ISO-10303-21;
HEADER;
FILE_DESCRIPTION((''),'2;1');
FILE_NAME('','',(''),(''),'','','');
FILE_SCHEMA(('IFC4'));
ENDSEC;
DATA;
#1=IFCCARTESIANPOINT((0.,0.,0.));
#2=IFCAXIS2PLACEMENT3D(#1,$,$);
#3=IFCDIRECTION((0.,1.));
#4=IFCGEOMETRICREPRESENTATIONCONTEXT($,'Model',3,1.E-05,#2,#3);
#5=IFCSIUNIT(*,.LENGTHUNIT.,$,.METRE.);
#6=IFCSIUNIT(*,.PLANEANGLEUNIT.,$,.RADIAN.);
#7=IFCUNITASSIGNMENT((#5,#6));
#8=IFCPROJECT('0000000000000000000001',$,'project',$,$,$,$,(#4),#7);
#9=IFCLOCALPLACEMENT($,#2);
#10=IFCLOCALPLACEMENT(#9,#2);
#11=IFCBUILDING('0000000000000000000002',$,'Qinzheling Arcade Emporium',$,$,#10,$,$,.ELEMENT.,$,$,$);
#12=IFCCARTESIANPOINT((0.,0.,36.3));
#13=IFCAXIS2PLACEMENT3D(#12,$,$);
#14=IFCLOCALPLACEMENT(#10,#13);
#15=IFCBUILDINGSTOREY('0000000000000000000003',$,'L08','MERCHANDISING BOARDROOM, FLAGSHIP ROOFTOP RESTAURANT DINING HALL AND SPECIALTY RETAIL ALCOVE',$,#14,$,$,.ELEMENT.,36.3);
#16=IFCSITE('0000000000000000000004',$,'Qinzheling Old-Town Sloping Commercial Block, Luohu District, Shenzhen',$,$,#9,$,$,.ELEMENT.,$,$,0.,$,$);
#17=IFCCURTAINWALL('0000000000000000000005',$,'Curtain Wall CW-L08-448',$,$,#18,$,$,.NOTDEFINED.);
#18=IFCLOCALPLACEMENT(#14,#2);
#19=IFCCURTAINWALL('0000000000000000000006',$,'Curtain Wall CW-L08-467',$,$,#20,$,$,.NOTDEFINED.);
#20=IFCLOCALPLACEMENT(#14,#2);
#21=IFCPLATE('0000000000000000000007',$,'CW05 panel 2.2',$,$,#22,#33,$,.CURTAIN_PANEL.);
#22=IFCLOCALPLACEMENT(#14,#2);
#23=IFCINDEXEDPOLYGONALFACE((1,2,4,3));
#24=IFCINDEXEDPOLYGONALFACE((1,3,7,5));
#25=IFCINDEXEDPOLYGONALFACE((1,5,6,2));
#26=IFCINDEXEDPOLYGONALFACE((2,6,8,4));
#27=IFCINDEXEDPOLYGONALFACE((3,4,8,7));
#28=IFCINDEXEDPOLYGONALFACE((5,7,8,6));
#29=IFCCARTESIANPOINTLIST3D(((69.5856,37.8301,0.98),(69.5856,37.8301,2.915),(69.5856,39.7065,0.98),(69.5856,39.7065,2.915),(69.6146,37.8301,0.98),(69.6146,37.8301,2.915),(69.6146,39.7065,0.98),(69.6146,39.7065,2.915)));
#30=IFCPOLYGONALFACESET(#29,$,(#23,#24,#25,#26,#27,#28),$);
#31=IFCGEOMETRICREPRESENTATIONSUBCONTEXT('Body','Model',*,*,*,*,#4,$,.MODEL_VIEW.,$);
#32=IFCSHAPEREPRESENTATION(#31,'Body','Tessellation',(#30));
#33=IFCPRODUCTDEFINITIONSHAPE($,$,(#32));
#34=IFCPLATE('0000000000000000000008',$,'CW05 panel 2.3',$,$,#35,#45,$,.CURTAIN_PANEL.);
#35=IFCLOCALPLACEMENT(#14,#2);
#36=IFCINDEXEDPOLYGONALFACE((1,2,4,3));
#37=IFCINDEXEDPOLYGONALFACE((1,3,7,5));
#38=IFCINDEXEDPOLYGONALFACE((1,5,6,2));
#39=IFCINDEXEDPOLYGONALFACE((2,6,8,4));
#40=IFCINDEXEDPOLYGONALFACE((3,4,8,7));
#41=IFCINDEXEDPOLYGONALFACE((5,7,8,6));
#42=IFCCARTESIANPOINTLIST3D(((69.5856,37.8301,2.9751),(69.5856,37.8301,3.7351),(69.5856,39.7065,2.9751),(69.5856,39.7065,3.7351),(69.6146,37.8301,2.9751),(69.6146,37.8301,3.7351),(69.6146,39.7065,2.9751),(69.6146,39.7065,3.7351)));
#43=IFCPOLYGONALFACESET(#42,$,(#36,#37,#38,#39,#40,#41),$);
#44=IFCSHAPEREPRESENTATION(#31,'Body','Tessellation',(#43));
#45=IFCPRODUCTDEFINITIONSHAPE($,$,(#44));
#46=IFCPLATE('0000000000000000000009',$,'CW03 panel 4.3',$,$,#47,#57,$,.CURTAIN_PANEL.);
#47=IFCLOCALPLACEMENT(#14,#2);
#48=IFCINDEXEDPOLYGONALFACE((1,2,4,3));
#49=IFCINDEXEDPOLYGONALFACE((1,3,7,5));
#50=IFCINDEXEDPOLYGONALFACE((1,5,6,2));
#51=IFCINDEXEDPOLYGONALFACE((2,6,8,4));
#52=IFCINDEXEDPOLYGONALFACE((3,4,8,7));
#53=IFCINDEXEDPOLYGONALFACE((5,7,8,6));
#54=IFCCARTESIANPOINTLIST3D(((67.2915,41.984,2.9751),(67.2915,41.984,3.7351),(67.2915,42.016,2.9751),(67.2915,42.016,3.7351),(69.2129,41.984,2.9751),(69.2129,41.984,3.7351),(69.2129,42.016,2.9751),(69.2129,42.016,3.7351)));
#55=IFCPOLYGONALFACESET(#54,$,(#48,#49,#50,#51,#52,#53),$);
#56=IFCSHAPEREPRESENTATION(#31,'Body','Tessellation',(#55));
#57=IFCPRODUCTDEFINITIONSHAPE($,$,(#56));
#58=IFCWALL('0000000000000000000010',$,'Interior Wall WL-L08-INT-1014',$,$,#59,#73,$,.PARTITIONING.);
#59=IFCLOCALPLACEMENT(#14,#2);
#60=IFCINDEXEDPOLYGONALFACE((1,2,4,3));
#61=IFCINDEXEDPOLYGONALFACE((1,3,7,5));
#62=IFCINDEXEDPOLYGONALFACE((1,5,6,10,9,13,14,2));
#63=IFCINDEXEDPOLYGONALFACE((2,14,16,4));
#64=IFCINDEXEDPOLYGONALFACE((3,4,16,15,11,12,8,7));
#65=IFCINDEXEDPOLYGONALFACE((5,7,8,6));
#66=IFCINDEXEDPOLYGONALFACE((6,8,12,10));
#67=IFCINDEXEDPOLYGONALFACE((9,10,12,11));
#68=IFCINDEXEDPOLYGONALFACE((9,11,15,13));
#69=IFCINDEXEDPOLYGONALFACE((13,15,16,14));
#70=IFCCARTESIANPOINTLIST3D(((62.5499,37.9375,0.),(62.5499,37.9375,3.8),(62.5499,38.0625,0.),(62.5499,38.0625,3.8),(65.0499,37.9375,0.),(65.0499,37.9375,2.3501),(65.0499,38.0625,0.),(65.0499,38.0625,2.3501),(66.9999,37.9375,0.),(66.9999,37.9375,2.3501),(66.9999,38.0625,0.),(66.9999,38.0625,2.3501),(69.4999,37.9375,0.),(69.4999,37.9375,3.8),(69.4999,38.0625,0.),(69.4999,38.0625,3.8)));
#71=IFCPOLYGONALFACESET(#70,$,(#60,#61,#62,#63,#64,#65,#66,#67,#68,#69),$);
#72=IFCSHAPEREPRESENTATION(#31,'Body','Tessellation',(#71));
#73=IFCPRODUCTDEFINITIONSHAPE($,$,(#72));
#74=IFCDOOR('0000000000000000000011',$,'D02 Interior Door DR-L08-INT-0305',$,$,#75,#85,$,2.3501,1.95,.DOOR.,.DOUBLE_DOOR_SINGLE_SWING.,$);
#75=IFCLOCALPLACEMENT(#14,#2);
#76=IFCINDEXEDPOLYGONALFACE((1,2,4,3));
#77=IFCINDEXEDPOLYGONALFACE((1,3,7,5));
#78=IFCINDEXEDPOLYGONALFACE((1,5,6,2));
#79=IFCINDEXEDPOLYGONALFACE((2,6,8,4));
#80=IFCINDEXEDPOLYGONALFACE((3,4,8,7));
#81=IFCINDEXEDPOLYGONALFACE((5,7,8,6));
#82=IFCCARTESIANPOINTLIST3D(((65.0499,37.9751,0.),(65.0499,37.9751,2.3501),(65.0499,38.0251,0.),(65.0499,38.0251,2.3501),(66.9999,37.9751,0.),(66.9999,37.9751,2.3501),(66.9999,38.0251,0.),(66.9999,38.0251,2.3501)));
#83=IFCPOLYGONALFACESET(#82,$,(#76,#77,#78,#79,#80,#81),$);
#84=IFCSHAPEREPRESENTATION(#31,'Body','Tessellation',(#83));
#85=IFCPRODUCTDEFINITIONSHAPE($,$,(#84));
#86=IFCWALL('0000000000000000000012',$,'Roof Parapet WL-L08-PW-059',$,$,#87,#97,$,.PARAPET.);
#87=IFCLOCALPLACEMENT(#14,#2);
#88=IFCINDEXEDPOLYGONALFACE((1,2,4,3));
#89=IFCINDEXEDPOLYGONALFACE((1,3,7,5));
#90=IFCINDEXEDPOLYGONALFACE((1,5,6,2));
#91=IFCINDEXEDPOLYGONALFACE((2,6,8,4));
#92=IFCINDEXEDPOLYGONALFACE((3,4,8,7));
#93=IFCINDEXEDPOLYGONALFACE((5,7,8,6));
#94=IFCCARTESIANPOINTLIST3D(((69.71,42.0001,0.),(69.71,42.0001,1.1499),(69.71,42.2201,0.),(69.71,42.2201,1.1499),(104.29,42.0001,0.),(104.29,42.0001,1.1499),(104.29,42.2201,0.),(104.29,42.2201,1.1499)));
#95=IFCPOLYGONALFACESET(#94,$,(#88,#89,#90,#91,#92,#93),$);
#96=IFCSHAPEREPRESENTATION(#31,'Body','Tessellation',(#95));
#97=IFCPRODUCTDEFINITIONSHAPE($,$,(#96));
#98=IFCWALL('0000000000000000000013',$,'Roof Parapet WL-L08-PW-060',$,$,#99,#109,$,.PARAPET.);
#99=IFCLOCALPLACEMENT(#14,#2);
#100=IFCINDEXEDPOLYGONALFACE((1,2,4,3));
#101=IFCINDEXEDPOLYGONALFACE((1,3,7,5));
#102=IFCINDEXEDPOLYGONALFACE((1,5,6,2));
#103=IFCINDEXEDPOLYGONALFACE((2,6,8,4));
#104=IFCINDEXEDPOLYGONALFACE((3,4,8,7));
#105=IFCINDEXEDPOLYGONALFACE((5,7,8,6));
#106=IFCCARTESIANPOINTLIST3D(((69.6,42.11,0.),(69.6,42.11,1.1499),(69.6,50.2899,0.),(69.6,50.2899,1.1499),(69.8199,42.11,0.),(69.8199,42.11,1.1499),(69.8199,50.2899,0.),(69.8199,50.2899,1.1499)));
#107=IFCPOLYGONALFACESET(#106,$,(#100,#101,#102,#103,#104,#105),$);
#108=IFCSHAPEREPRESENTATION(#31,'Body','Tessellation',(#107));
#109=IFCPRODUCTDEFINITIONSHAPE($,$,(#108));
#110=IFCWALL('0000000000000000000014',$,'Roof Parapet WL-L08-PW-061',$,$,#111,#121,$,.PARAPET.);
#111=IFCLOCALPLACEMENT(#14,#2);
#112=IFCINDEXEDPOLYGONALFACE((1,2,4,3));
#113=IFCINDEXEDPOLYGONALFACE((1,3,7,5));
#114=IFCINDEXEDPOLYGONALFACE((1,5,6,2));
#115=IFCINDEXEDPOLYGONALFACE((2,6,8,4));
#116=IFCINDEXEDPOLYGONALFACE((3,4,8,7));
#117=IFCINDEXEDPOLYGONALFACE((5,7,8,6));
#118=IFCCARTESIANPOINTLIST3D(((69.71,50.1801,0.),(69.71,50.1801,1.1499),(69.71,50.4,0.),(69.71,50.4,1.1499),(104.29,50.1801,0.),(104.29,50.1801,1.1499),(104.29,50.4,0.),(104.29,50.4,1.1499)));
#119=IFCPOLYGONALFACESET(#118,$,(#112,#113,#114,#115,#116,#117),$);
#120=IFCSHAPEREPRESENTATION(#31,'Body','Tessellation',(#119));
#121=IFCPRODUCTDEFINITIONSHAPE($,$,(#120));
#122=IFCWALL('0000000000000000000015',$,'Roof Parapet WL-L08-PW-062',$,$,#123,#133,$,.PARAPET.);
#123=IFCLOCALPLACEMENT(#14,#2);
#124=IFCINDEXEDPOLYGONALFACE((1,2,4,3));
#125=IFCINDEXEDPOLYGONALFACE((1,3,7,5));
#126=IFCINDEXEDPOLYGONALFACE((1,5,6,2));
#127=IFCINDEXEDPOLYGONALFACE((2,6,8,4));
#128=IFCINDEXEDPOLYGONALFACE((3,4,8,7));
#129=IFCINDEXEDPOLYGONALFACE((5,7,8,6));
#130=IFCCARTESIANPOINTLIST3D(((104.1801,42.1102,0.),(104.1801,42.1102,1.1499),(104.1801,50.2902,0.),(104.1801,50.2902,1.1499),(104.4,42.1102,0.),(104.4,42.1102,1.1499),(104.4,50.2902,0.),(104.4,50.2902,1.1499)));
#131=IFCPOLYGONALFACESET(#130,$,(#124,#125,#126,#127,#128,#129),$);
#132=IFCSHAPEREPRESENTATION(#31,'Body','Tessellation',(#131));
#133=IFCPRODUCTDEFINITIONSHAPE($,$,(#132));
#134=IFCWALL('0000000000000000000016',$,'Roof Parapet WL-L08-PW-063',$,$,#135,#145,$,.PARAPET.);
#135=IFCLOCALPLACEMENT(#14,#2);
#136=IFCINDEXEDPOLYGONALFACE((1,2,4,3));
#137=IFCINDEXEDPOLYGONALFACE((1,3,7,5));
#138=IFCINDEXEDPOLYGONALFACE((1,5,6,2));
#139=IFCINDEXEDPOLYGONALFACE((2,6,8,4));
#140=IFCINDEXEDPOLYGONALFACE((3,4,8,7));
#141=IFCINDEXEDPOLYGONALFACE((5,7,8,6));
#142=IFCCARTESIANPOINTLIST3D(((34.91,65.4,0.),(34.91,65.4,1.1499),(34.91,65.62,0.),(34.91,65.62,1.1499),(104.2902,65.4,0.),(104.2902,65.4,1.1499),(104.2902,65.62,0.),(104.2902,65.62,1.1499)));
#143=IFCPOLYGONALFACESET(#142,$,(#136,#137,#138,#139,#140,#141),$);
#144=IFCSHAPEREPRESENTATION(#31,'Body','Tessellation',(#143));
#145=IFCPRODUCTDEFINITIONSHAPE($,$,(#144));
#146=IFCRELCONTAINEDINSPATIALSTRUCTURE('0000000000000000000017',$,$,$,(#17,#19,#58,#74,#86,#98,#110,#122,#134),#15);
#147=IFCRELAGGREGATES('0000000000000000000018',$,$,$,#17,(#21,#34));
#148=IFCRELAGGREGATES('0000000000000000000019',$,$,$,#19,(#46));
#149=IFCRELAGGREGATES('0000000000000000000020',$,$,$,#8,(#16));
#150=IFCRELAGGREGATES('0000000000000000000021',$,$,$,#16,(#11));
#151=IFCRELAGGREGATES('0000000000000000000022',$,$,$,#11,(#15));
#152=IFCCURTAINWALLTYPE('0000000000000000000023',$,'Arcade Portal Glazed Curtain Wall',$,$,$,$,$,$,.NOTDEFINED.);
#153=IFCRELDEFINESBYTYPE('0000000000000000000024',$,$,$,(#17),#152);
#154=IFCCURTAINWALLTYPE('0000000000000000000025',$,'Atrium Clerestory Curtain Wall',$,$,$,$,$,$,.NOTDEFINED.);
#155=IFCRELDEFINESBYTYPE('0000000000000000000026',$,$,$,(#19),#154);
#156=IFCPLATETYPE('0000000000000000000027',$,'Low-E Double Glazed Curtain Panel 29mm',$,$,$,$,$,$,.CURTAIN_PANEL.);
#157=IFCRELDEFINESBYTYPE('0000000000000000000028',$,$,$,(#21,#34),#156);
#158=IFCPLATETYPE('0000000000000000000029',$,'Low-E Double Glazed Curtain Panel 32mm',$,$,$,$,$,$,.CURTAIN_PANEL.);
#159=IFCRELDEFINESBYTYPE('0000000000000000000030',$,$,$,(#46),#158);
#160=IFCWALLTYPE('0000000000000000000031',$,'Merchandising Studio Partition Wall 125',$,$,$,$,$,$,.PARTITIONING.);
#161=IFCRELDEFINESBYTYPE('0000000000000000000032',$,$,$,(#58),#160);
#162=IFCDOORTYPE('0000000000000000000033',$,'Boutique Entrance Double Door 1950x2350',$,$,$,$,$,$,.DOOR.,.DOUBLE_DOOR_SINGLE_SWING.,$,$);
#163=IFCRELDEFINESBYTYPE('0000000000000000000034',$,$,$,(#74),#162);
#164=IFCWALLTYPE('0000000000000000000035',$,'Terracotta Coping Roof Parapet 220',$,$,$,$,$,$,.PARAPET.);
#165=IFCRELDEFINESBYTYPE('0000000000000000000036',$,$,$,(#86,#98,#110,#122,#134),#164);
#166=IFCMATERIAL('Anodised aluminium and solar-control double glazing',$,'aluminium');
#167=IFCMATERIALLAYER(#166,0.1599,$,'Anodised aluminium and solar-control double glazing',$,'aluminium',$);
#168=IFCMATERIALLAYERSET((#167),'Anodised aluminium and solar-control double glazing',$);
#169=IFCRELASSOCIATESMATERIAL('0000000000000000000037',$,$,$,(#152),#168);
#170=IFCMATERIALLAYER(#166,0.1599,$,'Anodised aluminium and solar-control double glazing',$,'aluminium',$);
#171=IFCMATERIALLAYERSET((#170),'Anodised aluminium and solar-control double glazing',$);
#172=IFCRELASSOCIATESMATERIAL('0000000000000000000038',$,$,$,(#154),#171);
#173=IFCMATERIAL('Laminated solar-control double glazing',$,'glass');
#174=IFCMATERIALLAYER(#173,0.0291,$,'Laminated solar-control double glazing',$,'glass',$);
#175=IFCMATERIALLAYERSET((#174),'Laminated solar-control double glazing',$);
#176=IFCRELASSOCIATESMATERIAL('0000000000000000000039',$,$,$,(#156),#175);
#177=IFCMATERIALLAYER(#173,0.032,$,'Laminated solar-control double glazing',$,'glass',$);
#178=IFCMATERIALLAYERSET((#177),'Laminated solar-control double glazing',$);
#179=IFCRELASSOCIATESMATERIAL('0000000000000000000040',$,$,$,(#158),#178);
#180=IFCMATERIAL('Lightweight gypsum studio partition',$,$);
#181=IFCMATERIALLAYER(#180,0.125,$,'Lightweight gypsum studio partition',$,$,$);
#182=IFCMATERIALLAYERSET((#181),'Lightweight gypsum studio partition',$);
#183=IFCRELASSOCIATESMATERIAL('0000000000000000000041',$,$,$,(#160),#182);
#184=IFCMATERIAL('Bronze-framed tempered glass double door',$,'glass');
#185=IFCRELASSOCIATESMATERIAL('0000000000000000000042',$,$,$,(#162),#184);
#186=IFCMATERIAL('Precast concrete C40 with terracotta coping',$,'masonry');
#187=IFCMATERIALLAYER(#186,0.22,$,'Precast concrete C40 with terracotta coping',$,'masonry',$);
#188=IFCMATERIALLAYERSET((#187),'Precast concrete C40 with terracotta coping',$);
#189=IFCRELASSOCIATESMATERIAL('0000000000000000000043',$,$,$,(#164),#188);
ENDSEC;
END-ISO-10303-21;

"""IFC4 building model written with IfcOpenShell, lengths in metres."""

from ifc_helpers import new_model, si_unit, direction, frame, frame_2d, origin, origin_2d, place, context, subcontext, project, spatial, rectangle, extrude, material, layer, layer_set, type_object, element, fill, aggregate, save


model = new_model("IFC4")

# Units and contexts
model_context = context("Model", 3, precision=1e-05, world=origin(), true_north=direction((0.0, 1.0)))
body_context = subcontext(model_context, "Body", "Model", "MODEL_VIEW")
ifc_project = project(units=[si_unit("LENGTHUNIT", "METRE"), si_unit("PLANEANGLEUNIT", "RADIAN")], contexts=[model_context])

# Site, building, storey
site_placement = place(None, origin())
site = spatial("IfcSite", under=ifc_project, at=site_placement, Name="Qinzheling Old-Town Sloping Commercial Block, Luohu District, Shenzhen", CompositionType="ELEMENT", RefElevation=0.0)
building_placement = place(site_placement, origin())
building = spatial("IfcBuilding", under=site, at=building_placement, Name="Qinzheling Arcade Emporium", CompositionType="ELEMENT")
storey_placement = place(building_placement, frame((0.0, 0.0, 36.3)))
storey = spatial("IfcBuildingStorey", under=building, at=storey_placement, Name="L08", Description="MERCHANDISING BOARDROOM, FLAGSHIP ROOFTOP RESTAURANT DINING HALL AND SPECIALTY RETAIL ALCOVE", CompositionType="ELEMENT", Elevation=36.3)

# Curtain wall
ifc_material_1 = material(Name="Anodised aluminium and solar-control double glazing", Category="aluminium")
ifc_layer_1 = layer(ifc_material_1, 0.1599, Name="Anodised aluminium and solar-control double glazing", Category="aluminium")
ifc_layer_set_1 = layer_set([ifc_layer_1], Name="Anodised aluminium and solar-control double glazing")
curtain_wall_type_1 = type_object("IfcCurtainWallType", Name="Arcade Portal Glazed Curtain Wall", PredefinedType="NOTDEFINED", material=ifc_layer_set_1)
curtain_wall_1_placement = place(storey_placement, origin())
curtain_wall_1 = element("IfcCurtainWall", 1, at=curtain_wall_1_placement, inside=storey, type_object=curtain_wall_type_1, Name="Curtain Wall CW-L08-448", PredefinedType="NOTDEFINED")

# Curtain wall
ifc_layer_2 = layer(ifc_material_1, 0.1599, Name="Anodised aluminium and solar-control double glazing", Category="aluminium")
ifc_layer_set_2 = layer_set([ifc_layer_2], Name="Anodised aluminium and solar-control double glazing")
curtain_wall_type_2 = type_object("IfcCurtainWallType", Name="Atrium Clerestory Curtain Wall", PredefinedType="NOTDEFINED", material=ifc_layer_set_2)
curtain_wall_2_placement = place(storey_placement, origin())
curtain_wall_2 = element("IfcCurtainWall", 2, at=curtain_wall_2_placement, inside=storey, type_object=curtain_wall_type_2, Name="Curtain Wall CW-L08-467", PredefinedType="NOTDEFINED")

# Plates
ifc_material_2 = material(Name="Laminated solar-control double glazing", Category="glass")
ifc_layer_3 = layer(ifc_material_2, 0.0291, Name="Laminated solar-control double glazing", Category="glass")
ifc_layer_set_3 = layer_set([ifc_layer_3], Name="Laminated solar-control double glazing")
plate_type_1 = type_object("IfcPlateType", Name="Low-E Double Glazed Curtain Panel 29mm", PredefinedType="CURTAIN_PANEL", material=ifc_layer_set_3)
plate_1_placement = place(storey_placement, frame((69.6001, 38.7683, 0.98), z_axis=(0.0, 0.0, 1.0), x_axis=(0.0, -1.0, 0.0)))
plate_1 = element("IfcPlate", 3, at=plate_1_placement, type_object=plate_type_1, Name="CW05 panel 2.2", PredefinedType="CURTAIN_PANEL", context=body_context, shape_type="SweptSolid", body=[
    extrude(rectangle(XDim=1.8765, YDim=0.0291, at=origin_2d()), origin(), (0.0, 0.0, 1.0), 1.9351),
])
plate_2_placement = place(storey_placement, frame((69.6001, 38.7683, 2.9751), z_axis=(0.0, 0.0, 1.0), x_axis=(0.0, -1.0, 0.0)))
plate_2 = element("IfcPlate", 4, at=plate_2_placement, type_object=plate_type_1, Name="CW05 panel 2.3", PredefinedType="CURTAIN_PANEL", context=body_context, shape_type="SweptSolid", body=[
    extrude(rectangle(XDim=1.8765, YDim=0.0291, at=origin_2d()), origin(), (0.0, 0.0, 1.0), 0.76),
])
aggregate(curtain_wall_1, [plate_1, plate_2])
ifc_layer_4 = layer(ifc_material_2, 0.032, Name="Laminated solar-control double glazing", Category="glass")
ifc_layer_set_4 = layer_set([ifc_layer_4], Name="Laminated solar-control double glazing")
plate_type_2 = type_object("IfcPlateType", Name="Low-E Double Glazed Curtain Panel 32mm", PredefinedType="CURTAIN_PANEL", material=ifc_layer_set_4)
plate_3_placement = place(storey_placement, frame((68.2522, 42.0, 2.9751), z_axis=(0.0, 0.0, 1.0), x_axis=(1.0, 0.0, 0.0)))
plate_3 = element("IfcPlate", 5, at=plate_3_placement, type_object=plate_type_2, Name="CW03 panel 4.3", PredefinedType="CURTAIN_PANEL", context=body_context, shape_type="SweptSolid", body=[
    extrude(rectangle(XDim=1.9214, YDim=0.032, at=origin_2d()), origin(), (0.0, 0.0, 1.0), 0.76),
])
aggregate(curtain_wall_2, [plate_3])

# Wall, opening, door
ifc_material_3 = material(Name="Lightweight gypsum studio partition")
ifc_layer_5 = layer(ifc_material_3, 0.125, Name="Lightweight gypsum studio partition")
ifc_layer_set_5 = layer_set([ifc_layer_5], Name="Lightweight gypsum studio partition")
wall_type_1 = type_object("IfcWallType", Name="Merchandising Studio Partition Wall 125", PredefinedType="PARTITIONING", material=ifc_layer_set_5)
wall_1_placement = place(storey_placement, frame((69.5, 38.0, 0.0), z_axis=(0.0, 0.0, 1.0), x_axis=(-1.0, 0.0, 0.0)))
wall_1 = element("IfcWall", 6, at=wall_1_placement, inside=storey, type_object=wall_type_1, Name="Interior Wall WL-L08-INT-1014", PredefinedType="PARTITIONING", context=body_context, shape_type="SweptSolid", body=[
    extrude(rectangle(XDim=6.95, YDim=0.125, at=frame_2d((3.4751, 0.0))), origin(), (0.0, 0.0, 1.0), 3.8),
])
opening_placement = place(wall_1_placement, frame((2.5, 0.0, 0.0)))
opening = element("IfcOpeningElement", 7, at=opening_placement, cuts=wall_1, PredefinedType="OPENING", context=body_context, shape_type="SweptSolid", body=[
    extrude(rectangle(XDim=1.95, YDim=2.3501, at=frame_2d((0.9751, 1.175))), frame((0.0, 0.0725, 0.0), z_axis=(0.0, -1.0, 0.0), x_axis=(1.0, 0.0, 0.0)), (0.0, 0.0, 1.0), 0.145),
])
ifc_material_4 = material(Name="Bronze-framed tempered glass double door", Category="glass")
door_type = type_object("IfcDoorType", Name="Boutique Entrance Double Door 1950x2350", OperationType="DOUBLE_DOOR_SINGLE_SWING", PredefinedType="DOOR", material=ifc_material_4)
door_placement = place(opening_placement, origin())
door = element("IfcDoor", 8, at=door_placement, inside=storey, type_object=door_type, Name="D02 Interior Door DR-L08-INT-0305", OperationType="DOUBLE_DOOR_SINGLE_SWING", OverallHeight=2.3501, OverallWidth=1.95, PredefinedType="DOOR", context=body_context, shape_type="SweptSolid", body=[
    extrude(rectangle(XDim=1.95, YDim=2.3501, at=frame_2d((0.9751, 1.175))), frame((0.0, 0.0249, 0.0), z_axis=(0.0, -1.0, 0.0), x_axis=(1.0, 0.0, 0.0)), (0.0, 0.0, 1.0), 0.05),
])
fill(opening, door)

# Walls
ifc_material_5 = material(Name="Precast concrete C40 with terracotta coping", Category="masonry")
ifc_layer_6 = layer(ifc_material_5, 0.22, Name="Precast concrete C40 with terracotta coping", Category="masonry")
ifc_layer_set_6 = layer_set([ifc_layer_6], Name="Precast concrete C40 with terracotta coping")
wall_type_2 = type_object("IfcWallType", Name="Terracotta Coping Roof Parapet 220", PredefinedType="PARAPET", material=ifc_layer_set_6)
wall_2_placement = place(storey_placement, frame((104.29, 42.1101, 0.0), z_axis=(0.0, 0.0, 1.0), x_axis=(-1.0, 0.0, 0.0)))
element("IfcWall", 9, at=wall_2_placement, inside=storey, type_object=wall_type_2, Name="Roof Parapet WL-L08-PW-059", PredefinedType="PARAPET", context=body_context, shape_type="SweptSolid", body=[
    extrude(rectangle(XDim=34.5801, YDim=0.22, at=frame_2d((17.29, 0.0))), origin(), (0.0, 0.0, 1.0), 1.1499),
])
wall_3_placement = place(storey_placement, frame((69.71, 42.1101, 0.0), z_axis=(0.0, 0.0, 1.0), x_axis=(0.0, 1.0, 0.0)))
element("IfcWall", 10, at=wall_3_placement, inside=storey, type_object=wall_type_2, Name="Roof Parapet WL-L08-PW-060", PredefinedType="PARAPET", context=body_context, shape_type="SweptSolid", body=[
    extrude(rectangle(XDim=8.1799, YDim=0.22, at=frame_2d((4.0898, 0.0))), origin(), (0.0, 0.0, 1.0), 1.1499),
])
wall_4_placement = place(storey_placement, frame((69.71, 50.29, 0.0), z_axis=(0.0, 0.0, 1.0), x_axis=(1.0, 0.0, 0.0)))
element("IfcWall", 11, at=wall_4_placement, inside=storey, type_object=wall_type_2, Name="Roof Parapet WL-L08-PW-061", PredefinedType="PARAPET", context=body_context, shape_type="SweptSolid", body=[
    extrude(rectangle(XDim=34.5801, YDim=0.22, at=frame_2d((17.29, 0.0))), origin(), (0.0, 0.0, 1.0), 1.1499),
])
wall_5_placement = place(storey_placement, frame((104.29, 50.29, 0.0), z_axis=(0.0, 0.0, 1.0), x_axis=(0.0, -1.0, 0.0)))
element("IfcWall", 12, at=wall_5_placement, inside=storey, type_object=wall_type_2, Name="Roof Parapet WL-L08-PW-062", PredefinedType="PARAPET", context=body_context, shape_type="SweptSolid", body=[
    extrude(rectangle(XDim=8.1799, YDim=0.22, at=frame_2d((4.0898, 0.0))), origin(), (0.0, 0.0, 1.0), 1.1499),
])
wall_6_placement = place(storey_placement, frame((104.29, 65.51, 0.0), z_axis=(0.0, 0.0, 1.0), x_axis=(-1.0, 0.0, 0.0)))
element("IfcWall", 13, at=wall_6_placement, inside=storey, type_object=wall_type_2, Name="Roof Parapet WL-L08-PW-063", PredefinedType="PARAPET", context=body_context, shape_type="SweptSolid", body=[
    extrude(rectangle(XDim=69.3801, YDim=0.22, at=frame_2d((34.6899, 0.0))), origin(), (0.0, 0.0, 1.0), 1.1499),
])

save(model, "model.ifc")
